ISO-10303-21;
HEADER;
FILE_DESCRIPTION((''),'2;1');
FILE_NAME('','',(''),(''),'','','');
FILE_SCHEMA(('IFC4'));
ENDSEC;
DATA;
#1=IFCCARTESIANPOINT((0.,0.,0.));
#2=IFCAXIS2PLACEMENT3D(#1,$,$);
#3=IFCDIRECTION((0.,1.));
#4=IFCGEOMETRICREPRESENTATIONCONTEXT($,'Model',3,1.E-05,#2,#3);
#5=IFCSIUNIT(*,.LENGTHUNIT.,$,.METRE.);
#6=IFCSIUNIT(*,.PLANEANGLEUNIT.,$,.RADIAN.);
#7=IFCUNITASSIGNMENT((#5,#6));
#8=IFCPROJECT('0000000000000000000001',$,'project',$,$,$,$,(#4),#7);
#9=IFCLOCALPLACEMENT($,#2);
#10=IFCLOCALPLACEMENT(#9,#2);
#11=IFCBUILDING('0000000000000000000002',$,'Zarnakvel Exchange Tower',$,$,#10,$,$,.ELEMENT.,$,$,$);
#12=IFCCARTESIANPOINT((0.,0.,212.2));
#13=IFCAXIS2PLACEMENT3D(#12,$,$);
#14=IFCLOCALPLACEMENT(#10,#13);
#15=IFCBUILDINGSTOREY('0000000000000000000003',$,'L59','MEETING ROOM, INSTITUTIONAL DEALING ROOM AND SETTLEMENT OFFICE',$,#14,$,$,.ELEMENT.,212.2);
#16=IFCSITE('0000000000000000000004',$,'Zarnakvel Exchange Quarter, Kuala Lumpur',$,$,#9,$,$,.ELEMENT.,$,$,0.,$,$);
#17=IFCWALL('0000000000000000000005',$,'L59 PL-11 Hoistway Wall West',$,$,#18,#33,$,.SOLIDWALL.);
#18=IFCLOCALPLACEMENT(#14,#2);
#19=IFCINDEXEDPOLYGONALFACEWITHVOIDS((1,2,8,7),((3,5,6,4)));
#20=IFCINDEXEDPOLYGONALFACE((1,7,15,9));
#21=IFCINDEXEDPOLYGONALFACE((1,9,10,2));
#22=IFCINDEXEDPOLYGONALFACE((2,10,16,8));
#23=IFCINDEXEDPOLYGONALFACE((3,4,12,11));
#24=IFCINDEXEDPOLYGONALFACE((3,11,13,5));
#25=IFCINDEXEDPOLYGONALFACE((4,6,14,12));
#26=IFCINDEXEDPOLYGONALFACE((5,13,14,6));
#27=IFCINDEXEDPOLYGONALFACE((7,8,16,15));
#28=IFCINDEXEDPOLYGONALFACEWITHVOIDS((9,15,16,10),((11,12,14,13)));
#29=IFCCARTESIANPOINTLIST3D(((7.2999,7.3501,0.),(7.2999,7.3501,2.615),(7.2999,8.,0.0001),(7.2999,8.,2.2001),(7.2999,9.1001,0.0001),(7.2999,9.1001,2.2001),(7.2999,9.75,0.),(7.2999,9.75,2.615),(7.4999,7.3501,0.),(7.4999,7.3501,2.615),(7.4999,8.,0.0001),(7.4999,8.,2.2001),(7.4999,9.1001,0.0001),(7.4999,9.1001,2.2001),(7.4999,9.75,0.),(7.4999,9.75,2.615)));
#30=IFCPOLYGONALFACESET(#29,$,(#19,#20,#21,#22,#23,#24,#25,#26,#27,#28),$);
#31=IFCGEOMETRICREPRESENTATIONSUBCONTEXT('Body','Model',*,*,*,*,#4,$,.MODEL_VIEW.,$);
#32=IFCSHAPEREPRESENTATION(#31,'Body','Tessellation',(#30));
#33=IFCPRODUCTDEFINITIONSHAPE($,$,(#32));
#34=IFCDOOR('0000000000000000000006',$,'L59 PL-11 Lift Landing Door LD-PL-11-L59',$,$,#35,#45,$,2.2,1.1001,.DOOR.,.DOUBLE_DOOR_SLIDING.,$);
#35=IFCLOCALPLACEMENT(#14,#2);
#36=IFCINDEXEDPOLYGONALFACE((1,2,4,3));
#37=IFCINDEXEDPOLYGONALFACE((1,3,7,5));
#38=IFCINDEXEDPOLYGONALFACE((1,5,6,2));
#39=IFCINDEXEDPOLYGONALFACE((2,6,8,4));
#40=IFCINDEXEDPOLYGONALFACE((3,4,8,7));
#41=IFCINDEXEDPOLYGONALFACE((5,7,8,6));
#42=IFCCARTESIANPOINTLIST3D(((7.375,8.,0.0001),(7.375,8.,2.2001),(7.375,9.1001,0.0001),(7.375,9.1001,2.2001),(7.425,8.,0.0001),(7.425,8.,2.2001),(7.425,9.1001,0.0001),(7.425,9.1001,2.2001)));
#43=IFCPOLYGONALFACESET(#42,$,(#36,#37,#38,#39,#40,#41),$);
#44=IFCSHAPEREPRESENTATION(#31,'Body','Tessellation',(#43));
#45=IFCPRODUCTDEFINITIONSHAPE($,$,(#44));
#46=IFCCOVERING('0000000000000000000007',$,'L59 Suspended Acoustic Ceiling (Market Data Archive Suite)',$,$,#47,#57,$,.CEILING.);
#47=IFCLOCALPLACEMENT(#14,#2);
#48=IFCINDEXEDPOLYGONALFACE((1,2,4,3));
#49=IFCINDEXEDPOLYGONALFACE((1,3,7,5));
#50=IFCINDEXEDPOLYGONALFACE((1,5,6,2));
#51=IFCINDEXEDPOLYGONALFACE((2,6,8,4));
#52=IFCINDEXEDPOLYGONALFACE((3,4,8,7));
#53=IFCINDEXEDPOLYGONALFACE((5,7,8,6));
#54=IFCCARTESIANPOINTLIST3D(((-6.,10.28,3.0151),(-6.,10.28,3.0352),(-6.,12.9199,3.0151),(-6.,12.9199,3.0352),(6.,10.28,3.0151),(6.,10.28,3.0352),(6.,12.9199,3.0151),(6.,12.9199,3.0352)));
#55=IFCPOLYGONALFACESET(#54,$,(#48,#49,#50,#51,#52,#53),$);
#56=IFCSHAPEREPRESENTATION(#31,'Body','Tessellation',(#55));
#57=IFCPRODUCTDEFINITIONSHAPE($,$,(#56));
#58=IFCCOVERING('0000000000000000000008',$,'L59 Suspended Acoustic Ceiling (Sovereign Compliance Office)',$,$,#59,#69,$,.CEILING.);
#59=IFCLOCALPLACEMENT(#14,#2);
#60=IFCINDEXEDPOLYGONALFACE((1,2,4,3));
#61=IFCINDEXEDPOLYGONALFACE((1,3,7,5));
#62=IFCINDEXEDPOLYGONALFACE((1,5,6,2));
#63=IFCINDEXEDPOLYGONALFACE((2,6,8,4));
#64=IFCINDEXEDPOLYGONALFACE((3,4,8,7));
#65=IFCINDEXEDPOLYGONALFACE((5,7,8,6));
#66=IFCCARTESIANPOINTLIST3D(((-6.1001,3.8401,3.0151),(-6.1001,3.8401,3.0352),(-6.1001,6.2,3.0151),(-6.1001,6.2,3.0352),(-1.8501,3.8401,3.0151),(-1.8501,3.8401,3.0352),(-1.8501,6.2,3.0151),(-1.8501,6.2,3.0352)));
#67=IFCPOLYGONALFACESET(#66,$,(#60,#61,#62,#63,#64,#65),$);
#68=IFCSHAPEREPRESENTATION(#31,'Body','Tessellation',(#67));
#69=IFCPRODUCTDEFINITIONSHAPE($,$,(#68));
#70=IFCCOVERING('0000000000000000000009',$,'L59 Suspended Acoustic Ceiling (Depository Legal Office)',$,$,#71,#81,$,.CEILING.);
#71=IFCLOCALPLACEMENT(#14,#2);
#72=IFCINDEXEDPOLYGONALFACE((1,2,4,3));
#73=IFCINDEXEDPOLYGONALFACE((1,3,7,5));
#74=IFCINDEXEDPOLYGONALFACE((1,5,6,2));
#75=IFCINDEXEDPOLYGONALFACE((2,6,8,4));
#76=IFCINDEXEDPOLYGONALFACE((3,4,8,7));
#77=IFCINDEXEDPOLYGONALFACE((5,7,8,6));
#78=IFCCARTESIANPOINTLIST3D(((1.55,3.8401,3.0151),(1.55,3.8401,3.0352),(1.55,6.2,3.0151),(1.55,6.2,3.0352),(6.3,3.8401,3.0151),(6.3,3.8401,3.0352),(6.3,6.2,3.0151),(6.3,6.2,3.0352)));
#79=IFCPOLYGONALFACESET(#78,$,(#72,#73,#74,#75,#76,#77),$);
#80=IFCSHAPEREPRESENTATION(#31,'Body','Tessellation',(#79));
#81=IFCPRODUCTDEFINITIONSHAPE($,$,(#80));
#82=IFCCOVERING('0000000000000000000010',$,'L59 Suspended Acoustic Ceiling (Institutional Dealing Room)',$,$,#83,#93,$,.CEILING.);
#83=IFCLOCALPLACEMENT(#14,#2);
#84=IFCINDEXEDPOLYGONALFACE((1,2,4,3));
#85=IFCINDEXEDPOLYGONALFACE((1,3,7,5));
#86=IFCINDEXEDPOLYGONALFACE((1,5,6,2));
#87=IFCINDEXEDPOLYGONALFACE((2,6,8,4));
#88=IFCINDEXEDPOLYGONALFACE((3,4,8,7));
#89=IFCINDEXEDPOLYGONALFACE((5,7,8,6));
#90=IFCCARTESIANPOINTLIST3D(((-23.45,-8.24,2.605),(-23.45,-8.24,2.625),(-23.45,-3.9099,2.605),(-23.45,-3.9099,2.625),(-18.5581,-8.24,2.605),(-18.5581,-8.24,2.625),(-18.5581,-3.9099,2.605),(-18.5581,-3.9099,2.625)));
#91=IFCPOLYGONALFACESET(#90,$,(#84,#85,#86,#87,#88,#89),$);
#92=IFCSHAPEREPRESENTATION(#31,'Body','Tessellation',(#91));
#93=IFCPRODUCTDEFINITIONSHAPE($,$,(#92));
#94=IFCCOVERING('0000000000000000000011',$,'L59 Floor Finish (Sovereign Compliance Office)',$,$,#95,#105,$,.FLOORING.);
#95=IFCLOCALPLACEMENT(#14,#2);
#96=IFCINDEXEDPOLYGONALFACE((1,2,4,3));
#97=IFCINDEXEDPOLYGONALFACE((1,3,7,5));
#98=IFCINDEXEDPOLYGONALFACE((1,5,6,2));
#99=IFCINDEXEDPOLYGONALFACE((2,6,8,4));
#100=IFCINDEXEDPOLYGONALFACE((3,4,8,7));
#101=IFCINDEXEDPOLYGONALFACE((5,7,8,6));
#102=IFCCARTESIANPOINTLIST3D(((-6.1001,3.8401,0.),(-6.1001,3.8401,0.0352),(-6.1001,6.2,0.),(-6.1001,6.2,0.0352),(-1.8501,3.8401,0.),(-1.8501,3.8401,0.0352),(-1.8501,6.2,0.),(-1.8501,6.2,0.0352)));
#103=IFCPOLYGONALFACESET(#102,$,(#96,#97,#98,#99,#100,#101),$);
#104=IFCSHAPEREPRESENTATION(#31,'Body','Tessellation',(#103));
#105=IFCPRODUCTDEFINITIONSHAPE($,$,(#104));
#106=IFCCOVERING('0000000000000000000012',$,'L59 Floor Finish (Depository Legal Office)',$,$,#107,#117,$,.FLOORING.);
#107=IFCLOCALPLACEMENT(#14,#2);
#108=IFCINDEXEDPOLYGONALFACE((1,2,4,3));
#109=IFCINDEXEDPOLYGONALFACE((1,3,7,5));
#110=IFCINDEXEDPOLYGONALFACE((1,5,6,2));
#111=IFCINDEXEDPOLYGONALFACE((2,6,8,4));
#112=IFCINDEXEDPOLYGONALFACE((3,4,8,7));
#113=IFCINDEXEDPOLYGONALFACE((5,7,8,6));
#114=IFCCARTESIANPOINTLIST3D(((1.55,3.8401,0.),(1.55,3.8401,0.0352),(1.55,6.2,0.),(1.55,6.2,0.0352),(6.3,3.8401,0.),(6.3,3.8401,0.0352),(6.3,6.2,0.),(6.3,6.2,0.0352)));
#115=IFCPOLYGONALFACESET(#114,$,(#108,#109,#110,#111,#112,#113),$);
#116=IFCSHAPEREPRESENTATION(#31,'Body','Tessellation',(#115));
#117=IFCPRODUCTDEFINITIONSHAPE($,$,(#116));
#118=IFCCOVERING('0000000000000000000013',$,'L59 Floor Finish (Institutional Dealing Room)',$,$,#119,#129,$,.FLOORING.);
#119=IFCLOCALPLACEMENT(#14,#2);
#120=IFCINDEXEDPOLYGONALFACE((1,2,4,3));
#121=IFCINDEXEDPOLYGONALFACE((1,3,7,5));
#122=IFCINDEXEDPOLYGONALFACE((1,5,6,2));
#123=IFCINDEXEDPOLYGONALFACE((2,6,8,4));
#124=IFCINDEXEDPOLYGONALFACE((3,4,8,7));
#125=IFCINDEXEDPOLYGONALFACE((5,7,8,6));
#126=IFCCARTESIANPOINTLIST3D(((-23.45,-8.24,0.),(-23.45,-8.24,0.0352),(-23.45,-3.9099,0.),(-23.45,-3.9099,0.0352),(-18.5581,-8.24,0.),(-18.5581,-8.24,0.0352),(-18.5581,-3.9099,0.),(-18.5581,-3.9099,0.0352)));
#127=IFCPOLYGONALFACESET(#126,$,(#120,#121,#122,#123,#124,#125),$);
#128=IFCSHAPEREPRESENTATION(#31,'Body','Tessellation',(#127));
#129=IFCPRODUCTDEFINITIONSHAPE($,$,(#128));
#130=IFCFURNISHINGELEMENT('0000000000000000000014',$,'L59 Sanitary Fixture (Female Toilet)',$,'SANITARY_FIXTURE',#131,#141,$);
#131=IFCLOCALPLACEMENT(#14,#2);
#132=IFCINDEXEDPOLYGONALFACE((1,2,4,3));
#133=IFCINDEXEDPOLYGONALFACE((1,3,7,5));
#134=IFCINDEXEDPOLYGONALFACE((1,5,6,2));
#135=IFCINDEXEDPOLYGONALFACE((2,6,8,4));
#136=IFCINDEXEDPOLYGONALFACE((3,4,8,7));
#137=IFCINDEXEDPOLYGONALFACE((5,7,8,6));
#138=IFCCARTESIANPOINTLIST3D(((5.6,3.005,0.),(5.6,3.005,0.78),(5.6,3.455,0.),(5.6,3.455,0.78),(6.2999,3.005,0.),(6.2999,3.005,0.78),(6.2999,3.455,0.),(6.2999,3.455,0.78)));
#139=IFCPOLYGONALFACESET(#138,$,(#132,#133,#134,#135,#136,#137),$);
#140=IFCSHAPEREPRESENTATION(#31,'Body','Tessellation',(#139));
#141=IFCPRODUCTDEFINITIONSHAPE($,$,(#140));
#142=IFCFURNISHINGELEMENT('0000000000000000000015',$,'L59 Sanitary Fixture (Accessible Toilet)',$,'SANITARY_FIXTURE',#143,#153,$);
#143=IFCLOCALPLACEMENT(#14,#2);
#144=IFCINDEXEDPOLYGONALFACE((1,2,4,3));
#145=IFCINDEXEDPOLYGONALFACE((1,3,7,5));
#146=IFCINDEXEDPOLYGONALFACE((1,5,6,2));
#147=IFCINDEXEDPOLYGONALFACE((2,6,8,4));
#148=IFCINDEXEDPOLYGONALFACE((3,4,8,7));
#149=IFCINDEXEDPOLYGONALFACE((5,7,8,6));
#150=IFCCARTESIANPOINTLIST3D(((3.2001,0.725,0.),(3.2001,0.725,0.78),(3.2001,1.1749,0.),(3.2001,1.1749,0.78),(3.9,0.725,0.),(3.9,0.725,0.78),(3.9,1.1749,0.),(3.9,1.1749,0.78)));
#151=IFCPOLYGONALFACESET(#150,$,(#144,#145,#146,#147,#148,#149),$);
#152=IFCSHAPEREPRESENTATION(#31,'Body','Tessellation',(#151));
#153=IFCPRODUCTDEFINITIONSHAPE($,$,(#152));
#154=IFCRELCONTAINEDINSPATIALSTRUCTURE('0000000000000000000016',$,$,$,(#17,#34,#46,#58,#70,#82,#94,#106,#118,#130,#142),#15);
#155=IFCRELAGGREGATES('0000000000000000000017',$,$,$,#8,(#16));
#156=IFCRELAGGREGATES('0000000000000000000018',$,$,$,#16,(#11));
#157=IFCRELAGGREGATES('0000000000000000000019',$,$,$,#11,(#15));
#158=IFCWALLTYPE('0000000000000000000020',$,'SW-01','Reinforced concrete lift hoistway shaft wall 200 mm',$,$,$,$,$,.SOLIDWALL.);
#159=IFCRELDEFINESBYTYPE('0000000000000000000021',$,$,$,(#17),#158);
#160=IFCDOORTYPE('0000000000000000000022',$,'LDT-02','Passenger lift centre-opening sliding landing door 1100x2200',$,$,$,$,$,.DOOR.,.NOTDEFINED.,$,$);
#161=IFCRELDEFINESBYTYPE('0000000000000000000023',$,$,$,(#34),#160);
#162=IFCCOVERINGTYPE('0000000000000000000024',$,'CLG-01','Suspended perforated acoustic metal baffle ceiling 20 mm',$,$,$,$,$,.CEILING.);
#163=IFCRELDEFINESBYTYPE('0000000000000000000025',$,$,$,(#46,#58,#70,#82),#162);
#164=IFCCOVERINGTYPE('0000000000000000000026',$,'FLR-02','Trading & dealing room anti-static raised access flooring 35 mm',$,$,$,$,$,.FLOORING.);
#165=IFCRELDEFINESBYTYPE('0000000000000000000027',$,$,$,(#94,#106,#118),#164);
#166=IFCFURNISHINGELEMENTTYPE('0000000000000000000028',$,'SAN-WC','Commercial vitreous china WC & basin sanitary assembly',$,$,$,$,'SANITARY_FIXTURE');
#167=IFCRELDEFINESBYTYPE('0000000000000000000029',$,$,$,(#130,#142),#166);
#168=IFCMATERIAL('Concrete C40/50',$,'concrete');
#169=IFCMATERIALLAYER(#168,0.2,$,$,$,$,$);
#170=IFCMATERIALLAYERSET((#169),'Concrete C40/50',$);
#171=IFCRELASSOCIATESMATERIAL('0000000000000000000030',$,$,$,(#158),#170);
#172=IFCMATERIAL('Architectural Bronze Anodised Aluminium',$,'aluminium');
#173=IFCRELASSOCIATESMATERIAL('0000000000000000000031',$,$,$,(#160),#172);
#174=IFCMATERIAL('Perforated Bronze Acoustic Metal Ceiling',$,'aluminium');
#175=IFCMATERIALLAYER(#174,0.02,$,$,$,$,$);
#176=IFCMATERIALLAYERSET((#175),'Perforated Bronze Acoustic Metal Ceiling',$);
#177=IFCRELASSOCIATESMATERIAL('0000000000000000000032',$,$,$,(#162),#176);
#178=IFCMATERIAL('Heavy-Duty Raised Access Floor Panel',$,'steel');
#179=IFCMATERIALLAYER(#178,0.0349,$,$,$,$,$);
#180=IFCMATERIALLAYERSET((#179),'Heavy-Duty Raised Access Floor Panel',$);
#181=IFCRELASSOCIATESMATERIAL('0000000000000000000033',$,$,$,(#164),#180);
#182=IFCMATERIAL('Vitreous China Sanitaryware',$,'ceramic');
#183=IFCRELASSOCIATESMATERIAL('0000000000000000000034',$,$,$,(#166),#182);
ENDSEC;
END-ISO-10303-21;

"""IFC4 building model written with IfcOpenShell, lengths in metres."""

from ifc_helpers import new_model, si_unit, direction, frame, frame_2d, origin, origin_2d, place, context, subcontext, project, spatial, polyline, rectangle, outline, extrude, source, transform, mapped, material, layer, layer_set, type_object, element, fill, save


model = new_model("IFC4")

# Units and contexts
model_context = context("Model", 3, precision=1e-05, world=origin(), true_north=direction((0.0, 1.0)))
body_context = subcontext(model_context, "Body", "Model", "MODEL_VIEW")
ifc_project = project(units=[si_unit("LENGTHUNIT", "METRE"), si_unit("PLANEANGLEUNIT", "RADIAN")], contexts=[model_context])

# Site, building, storey
site_placement = place(None, origin())
site = spatial("IfcSite", under=ifc_project, at=site_placement, Name="Zarnakvel Exchange Quarter, Kuala Lumpur", CompositionType="ELEMENT", RefElevation=0.0)
building_placement = place(site_placement, origin())
building = spatial("IfcBuilding", under=site, at=building_placement, Name="Zarnakvel Exchange Tower", CompositionType="ELEMENT")
storey_placement = place(building_placement, frame((0.0, 0.0, 212.2)))
storey = spatial("IfcBuildingStorey", under=building, at=storey_placement, Name="L59", Description="MEETING ROOM, INSTITUTIONAL DEALING ROOM AND SETTLEMENT OFFICE", CompositionType="ELEMENT", Elevation=212.2)

# Shared definitions
ifc_material_1 = material(Name="Concrete C40/50", Category="concrete")
ifc_layer_1 = layer(ifc_material_1, 0.2)
ifc_layer_set_1 = layer_set([ifc_layer_1], Name="Concrete C40/50")
wall_type_1 = type_object("IfcWallType", Name="SW-01", Description="Reinforced concrete lift hoistway shaft wall 200 mm", PredefinedType="SOLIDWALL", material=ifc_layer_set_1)

# Wall, opening, door
wall_1_placement = place(storey_placement, frame((7.3999, 7.3501, 0.0), z_axis=(0.0, 0.0, 1.0), x_axis=(0.0, 1.0, 0.0)))
wall_1 = element("IfcWall", 1, at=wall_1_placement, inside=storey, type_object=wall_type_1, Name="L59 PL-11 Hoistway Wall West", PredefinedType="SOLIDWALL", context=body_context, shape_type="SweptSolid", body=[
    extrude(rectangle(XDim=2.3999, YDim=0.2, at=frame_2d((1.2, 0.0))), origin(), (0.0, 0.0, 1.0), 2.615),
])
opening_1_placement = place(wall_1_placement, frame((0.6499, 0.0, 0.0)))
opening_1 = element("IfcOpeningElement", 2, at=opening_1_placement, cuts=wall_1, PredefinedType="OPENING", context=body_context, shape_type="SweptSolid", body=[
    extrude(rectangle(XDim=1.1001, YDim=2.2, at=frame_2d((0.55, 1.1001))), frame((0.0, 0.1099, 0.0), z_axis=(0.0, -1.0, 0.0), x_axis=(1.0, 0.0, 0.0)), (0.0, 0.0, 1.0), 0.22),
])
ifc_material_2 = material(Name="Architectural Bronze Anodised Aluminium", Category="aluminium")
door_type_1 = type_object("IfcDoorType", Name="LDT-02", Description="Passenger lift centre-opening sliding landing door 1100x2200", OperationType="NOTDEFINED", PredefinedType="DOOR", material=ifc_material_2)
shared_shape_1 = source(origin(), body_context, "Body", "SweptSolid", [
    extrude(rectangle(XDim=1.1001, YDim=2.2, at=frame_2d((0.55, 1.1001))), frame((0.0, 0.0249, 0.0), z_axis=(0.0, -1.0, 0.0), x_axis=(1.0, 0.0, 0.0)), (0.0, 0.0, 1.0), 0.05),
])
door_1_placement = place(opening_1_placement, origin())
door_1 = element("IfcDoor", 3, at=door_1_placement, inside=storey, type_object=door_type_1, Name="L59 PL-11 Lift Landing Door LD-PL-11-L59", OperationType="DOUBLE_DOOR_SLIDING", OverallHeight=2.2, OverallWidth=1.1001, PredefinedType="DOOR", context=body_context, shape_type="MappedRepresentation", body=[
    mapped(shared_shape_1, transform((0.0, 0.0, 0.0), x_axis=(1.0, 0.0, 0.0), y_axis=(0.0, 1.0, 0.0), z_axis=(0.0, 0.0, 1.0), scale=1.0)),
])
fill(opening_1, door_1)

# Coverings
ifc_material_3 = material(Name="Perforated Bronze Acoustic Metal Ceiling", Category="aluminium")
ifc_layer_2 = layer(ifc_material_3, 0.02)
ifc_layer_set_2 = layer_set([ifc_layer_2], Name="Perforated Bronze Acoustic Metal Ceiling")
covering_type_1 = type_object("IfcCoveringType", Name="CLG-01", Description="Suspended perforated acoustic metal baffle ceiling 20 mm", PredefinedType="CEILING", material=ifc_layer_set_2)
covering_1_placement = place(storey_placement, frame((0.0, 0.0, 3.0151)))
element("IfcCovering", 4, at=covering_1_placement, inside=storey, type_object=covering_type_1, Name="L59 Suspended Acoustic Ceiling (Market Data Archive Suite)", PredefinedType="CEILING", context=body_context, shape_type="SweptSolid", body=[
    extrude(outline(polyline([(-6.0, 12.9199), (6.0, 12.9199), (6.0, 10.28), (-6.0, 10.28), (-6.0, 12.9199)])), origin(), (0.0, 0.0, 1.0), 0.02),
])
covering_2_placement = place(storey_placement, frame((0.0, 0.0, 3.0151)))
element("IfcCovering", 5, at=covering_2_placement, inside=storey, type_object=covering_type_1, Name="L59 Suspended Acoustic Ceiling (Sovereign Compliance Office)", PredefinedType="CEILING", context=body_context, shape_type="SweptSolid", body=[
    extrude(outline(polyline([(-6.1001, 6.2), (-1.8501, 6.2), (-1.8501, 3.8401), (-6.1001, 3.8401), (-6.1001, 6.2)])), origin(), (0.0, 0.0, 1.0), 0.02),
])
covering_3_placement = place(storey_placement, frame((0.0, 0.0, 3.0151)))
element("IfcCovering", 6, at=covering_3_placement, inside=storey, type_object=covering_type_1, Name="L59 Suspended Acoustic Ceiling (Depository Legal Office)", PredefinedType="CEILING", context=body_context, shape_type="SweptSolid", body=[
    extrude(outline(polyline([(1.55, 6.2), (6.3, 6.2), (6.3, 3.8401), (1.55, 3.8401), (1.55, 6.2)])), origin(), (0.0, 0.0, 1.0), 0.02),
])
covering_4_placement = place(storey_placement, frame((0.0, 0.0, 2.605)))
element("IfcCovering", 7, at=covering_4_placement, inside=storey, type_object=covering_type_1, Name="L59 Suspended Acoustic Ceiling (Institutional Dealing Room)", PredefinedType="CEILING", context=body_context, shape_type="SweptSolid", body=[
    extrude(outline(polyline([(-23.45, -3.9099), (-18.5581, -3.9099), (-18.5581, -8.24), (-23.45, -8.24), (-23.45, -3.9099)])), origin(), (0.0, 0.0, 1.0), 0.02),
])
ifc_material_4 = material(Name="Heavy-Duty Raised Access Floor Panel", Category="steel")
ifc_layer_3 = layer(ifc_material_4, 0.0349)
ifc_layer_set_3 = layer_set([ifc_layer_3], Name="Heavy-Duty Raised Access Floor Panel")
covering_type_2 = type_object("IfcCoveringType", Name="FLR-02", Description="Trading & dealing room anti-static raised access flooring 35 mm", PredefinedType="FLOORING", material=ifc_layer_set_3)
covering_5_placement = place(storey_placement, origin())
element("IfcCovering", 8, at=covering_5_placement, inside=storey, type_object=covering_type_2, Name="L59 Floor Finish (Sovereign Compliance Office)", PredefinedType="FLOORING", context=body_context, shape_type="SweptSolid", body=[
    extrude(outline(polyline([(-6.1001, 6.2), (-1.8501, 6.2), (-1.8501, 3.8401), (-6.1001, 3.8401), (-6.1001, 6.2)])), origin(), (0.0, 0.0, 1.0), 0.0352),
])
covering_6_placement = place(storey_placement, origin())
element("IfcCovering", 9, at=covering_6_placement, inside=storey, type_object=covering_type_2, Name="L59 Floor Finish (Depository Legal Office)", PredefinedType="FLOORING", context=body_context, shape_type="SweptSolid", body=[
    extrude(outline(polyline([(1.55, 6.2), (6.3, 6.2), (6.3, 3.8401), (1.55, 3.8401), (1.55, 6.2)])), origin(), (0.0, 0.0, 1.0), 0.0352),
])
covering_7_placement = place(storey_placement, origin())
element("IfcCovering", 10, at=covering_7_placement, inside=storey, type_object=covering_type_2, Name="L59 Floor Finish (Institutional Dealing Room)", PredefinedType="FLOORING", context=body_context, shape_type="SweptSolid", body=[
    extrude(outline(polyline([(-23.45, -3.9099), (-18.5581, -3.9099), (-18.5581, -8.24), (-23.45, -8.24), (-23.45, -3.9099)])), origin(), (0.0, 0.0, 1.0), 0.0352),
])

# Furnishing elements
ifc_material_5 = material(Name="Vitreous China Sanitaryware", Category="ceramic")
furnishing_element_type = type_object("IfcFurnishingElementType", Name="SAN-WC", Description="Commercial vitreous china WC & basin sanitary assembly", ElementType="SANITARY_FIXTURE", material=ifc_material_5)
shared_shape_2 = source(origin(), body_context, "Body", "SweptSolid", [
    extrude(rectangle(XDim=0.7, YDim=0.45, at=origin_2d()), origin(), (0.0, 0.0, 1.0), 0.78),
])
for number, where, z_axis, x_axis, name in (
    (11, (5.95, 3.23, 0.0), (0.0, 0.0, 1.0), (1.0, 0.0, 0.0), "L59 Sanitary Fixture (Female Toilet)"),
    (12, (3.55, 0.95, 0.0), (0.0, 0.0, 1.0), (1.0, 0.0, 0.0), "L59 Sanitary Fixture (Accessible Toilet)"),
):
    element("IfcFurnishingElement", number, at=place(storey_placement, frame(where, z_axis=z_axis, x_axis=x_axis)), inside=storey, type_object=furnishing_element_type, Name=name, ObjectType="SANITARY_FIXTURE", context=body_context, shape_type="MappedRepresentation", body=[
        mapped(shared_shape_2, transform((0.0, 0.0, 0.0), x_axis=(1.0, 0.0, 0.0), y_axis=(0.0, 1.0, 0.0), z_axis=(0.0, 0.0, 1.0), scale=1.0)),
    ])

save(model, "model.ifc")
